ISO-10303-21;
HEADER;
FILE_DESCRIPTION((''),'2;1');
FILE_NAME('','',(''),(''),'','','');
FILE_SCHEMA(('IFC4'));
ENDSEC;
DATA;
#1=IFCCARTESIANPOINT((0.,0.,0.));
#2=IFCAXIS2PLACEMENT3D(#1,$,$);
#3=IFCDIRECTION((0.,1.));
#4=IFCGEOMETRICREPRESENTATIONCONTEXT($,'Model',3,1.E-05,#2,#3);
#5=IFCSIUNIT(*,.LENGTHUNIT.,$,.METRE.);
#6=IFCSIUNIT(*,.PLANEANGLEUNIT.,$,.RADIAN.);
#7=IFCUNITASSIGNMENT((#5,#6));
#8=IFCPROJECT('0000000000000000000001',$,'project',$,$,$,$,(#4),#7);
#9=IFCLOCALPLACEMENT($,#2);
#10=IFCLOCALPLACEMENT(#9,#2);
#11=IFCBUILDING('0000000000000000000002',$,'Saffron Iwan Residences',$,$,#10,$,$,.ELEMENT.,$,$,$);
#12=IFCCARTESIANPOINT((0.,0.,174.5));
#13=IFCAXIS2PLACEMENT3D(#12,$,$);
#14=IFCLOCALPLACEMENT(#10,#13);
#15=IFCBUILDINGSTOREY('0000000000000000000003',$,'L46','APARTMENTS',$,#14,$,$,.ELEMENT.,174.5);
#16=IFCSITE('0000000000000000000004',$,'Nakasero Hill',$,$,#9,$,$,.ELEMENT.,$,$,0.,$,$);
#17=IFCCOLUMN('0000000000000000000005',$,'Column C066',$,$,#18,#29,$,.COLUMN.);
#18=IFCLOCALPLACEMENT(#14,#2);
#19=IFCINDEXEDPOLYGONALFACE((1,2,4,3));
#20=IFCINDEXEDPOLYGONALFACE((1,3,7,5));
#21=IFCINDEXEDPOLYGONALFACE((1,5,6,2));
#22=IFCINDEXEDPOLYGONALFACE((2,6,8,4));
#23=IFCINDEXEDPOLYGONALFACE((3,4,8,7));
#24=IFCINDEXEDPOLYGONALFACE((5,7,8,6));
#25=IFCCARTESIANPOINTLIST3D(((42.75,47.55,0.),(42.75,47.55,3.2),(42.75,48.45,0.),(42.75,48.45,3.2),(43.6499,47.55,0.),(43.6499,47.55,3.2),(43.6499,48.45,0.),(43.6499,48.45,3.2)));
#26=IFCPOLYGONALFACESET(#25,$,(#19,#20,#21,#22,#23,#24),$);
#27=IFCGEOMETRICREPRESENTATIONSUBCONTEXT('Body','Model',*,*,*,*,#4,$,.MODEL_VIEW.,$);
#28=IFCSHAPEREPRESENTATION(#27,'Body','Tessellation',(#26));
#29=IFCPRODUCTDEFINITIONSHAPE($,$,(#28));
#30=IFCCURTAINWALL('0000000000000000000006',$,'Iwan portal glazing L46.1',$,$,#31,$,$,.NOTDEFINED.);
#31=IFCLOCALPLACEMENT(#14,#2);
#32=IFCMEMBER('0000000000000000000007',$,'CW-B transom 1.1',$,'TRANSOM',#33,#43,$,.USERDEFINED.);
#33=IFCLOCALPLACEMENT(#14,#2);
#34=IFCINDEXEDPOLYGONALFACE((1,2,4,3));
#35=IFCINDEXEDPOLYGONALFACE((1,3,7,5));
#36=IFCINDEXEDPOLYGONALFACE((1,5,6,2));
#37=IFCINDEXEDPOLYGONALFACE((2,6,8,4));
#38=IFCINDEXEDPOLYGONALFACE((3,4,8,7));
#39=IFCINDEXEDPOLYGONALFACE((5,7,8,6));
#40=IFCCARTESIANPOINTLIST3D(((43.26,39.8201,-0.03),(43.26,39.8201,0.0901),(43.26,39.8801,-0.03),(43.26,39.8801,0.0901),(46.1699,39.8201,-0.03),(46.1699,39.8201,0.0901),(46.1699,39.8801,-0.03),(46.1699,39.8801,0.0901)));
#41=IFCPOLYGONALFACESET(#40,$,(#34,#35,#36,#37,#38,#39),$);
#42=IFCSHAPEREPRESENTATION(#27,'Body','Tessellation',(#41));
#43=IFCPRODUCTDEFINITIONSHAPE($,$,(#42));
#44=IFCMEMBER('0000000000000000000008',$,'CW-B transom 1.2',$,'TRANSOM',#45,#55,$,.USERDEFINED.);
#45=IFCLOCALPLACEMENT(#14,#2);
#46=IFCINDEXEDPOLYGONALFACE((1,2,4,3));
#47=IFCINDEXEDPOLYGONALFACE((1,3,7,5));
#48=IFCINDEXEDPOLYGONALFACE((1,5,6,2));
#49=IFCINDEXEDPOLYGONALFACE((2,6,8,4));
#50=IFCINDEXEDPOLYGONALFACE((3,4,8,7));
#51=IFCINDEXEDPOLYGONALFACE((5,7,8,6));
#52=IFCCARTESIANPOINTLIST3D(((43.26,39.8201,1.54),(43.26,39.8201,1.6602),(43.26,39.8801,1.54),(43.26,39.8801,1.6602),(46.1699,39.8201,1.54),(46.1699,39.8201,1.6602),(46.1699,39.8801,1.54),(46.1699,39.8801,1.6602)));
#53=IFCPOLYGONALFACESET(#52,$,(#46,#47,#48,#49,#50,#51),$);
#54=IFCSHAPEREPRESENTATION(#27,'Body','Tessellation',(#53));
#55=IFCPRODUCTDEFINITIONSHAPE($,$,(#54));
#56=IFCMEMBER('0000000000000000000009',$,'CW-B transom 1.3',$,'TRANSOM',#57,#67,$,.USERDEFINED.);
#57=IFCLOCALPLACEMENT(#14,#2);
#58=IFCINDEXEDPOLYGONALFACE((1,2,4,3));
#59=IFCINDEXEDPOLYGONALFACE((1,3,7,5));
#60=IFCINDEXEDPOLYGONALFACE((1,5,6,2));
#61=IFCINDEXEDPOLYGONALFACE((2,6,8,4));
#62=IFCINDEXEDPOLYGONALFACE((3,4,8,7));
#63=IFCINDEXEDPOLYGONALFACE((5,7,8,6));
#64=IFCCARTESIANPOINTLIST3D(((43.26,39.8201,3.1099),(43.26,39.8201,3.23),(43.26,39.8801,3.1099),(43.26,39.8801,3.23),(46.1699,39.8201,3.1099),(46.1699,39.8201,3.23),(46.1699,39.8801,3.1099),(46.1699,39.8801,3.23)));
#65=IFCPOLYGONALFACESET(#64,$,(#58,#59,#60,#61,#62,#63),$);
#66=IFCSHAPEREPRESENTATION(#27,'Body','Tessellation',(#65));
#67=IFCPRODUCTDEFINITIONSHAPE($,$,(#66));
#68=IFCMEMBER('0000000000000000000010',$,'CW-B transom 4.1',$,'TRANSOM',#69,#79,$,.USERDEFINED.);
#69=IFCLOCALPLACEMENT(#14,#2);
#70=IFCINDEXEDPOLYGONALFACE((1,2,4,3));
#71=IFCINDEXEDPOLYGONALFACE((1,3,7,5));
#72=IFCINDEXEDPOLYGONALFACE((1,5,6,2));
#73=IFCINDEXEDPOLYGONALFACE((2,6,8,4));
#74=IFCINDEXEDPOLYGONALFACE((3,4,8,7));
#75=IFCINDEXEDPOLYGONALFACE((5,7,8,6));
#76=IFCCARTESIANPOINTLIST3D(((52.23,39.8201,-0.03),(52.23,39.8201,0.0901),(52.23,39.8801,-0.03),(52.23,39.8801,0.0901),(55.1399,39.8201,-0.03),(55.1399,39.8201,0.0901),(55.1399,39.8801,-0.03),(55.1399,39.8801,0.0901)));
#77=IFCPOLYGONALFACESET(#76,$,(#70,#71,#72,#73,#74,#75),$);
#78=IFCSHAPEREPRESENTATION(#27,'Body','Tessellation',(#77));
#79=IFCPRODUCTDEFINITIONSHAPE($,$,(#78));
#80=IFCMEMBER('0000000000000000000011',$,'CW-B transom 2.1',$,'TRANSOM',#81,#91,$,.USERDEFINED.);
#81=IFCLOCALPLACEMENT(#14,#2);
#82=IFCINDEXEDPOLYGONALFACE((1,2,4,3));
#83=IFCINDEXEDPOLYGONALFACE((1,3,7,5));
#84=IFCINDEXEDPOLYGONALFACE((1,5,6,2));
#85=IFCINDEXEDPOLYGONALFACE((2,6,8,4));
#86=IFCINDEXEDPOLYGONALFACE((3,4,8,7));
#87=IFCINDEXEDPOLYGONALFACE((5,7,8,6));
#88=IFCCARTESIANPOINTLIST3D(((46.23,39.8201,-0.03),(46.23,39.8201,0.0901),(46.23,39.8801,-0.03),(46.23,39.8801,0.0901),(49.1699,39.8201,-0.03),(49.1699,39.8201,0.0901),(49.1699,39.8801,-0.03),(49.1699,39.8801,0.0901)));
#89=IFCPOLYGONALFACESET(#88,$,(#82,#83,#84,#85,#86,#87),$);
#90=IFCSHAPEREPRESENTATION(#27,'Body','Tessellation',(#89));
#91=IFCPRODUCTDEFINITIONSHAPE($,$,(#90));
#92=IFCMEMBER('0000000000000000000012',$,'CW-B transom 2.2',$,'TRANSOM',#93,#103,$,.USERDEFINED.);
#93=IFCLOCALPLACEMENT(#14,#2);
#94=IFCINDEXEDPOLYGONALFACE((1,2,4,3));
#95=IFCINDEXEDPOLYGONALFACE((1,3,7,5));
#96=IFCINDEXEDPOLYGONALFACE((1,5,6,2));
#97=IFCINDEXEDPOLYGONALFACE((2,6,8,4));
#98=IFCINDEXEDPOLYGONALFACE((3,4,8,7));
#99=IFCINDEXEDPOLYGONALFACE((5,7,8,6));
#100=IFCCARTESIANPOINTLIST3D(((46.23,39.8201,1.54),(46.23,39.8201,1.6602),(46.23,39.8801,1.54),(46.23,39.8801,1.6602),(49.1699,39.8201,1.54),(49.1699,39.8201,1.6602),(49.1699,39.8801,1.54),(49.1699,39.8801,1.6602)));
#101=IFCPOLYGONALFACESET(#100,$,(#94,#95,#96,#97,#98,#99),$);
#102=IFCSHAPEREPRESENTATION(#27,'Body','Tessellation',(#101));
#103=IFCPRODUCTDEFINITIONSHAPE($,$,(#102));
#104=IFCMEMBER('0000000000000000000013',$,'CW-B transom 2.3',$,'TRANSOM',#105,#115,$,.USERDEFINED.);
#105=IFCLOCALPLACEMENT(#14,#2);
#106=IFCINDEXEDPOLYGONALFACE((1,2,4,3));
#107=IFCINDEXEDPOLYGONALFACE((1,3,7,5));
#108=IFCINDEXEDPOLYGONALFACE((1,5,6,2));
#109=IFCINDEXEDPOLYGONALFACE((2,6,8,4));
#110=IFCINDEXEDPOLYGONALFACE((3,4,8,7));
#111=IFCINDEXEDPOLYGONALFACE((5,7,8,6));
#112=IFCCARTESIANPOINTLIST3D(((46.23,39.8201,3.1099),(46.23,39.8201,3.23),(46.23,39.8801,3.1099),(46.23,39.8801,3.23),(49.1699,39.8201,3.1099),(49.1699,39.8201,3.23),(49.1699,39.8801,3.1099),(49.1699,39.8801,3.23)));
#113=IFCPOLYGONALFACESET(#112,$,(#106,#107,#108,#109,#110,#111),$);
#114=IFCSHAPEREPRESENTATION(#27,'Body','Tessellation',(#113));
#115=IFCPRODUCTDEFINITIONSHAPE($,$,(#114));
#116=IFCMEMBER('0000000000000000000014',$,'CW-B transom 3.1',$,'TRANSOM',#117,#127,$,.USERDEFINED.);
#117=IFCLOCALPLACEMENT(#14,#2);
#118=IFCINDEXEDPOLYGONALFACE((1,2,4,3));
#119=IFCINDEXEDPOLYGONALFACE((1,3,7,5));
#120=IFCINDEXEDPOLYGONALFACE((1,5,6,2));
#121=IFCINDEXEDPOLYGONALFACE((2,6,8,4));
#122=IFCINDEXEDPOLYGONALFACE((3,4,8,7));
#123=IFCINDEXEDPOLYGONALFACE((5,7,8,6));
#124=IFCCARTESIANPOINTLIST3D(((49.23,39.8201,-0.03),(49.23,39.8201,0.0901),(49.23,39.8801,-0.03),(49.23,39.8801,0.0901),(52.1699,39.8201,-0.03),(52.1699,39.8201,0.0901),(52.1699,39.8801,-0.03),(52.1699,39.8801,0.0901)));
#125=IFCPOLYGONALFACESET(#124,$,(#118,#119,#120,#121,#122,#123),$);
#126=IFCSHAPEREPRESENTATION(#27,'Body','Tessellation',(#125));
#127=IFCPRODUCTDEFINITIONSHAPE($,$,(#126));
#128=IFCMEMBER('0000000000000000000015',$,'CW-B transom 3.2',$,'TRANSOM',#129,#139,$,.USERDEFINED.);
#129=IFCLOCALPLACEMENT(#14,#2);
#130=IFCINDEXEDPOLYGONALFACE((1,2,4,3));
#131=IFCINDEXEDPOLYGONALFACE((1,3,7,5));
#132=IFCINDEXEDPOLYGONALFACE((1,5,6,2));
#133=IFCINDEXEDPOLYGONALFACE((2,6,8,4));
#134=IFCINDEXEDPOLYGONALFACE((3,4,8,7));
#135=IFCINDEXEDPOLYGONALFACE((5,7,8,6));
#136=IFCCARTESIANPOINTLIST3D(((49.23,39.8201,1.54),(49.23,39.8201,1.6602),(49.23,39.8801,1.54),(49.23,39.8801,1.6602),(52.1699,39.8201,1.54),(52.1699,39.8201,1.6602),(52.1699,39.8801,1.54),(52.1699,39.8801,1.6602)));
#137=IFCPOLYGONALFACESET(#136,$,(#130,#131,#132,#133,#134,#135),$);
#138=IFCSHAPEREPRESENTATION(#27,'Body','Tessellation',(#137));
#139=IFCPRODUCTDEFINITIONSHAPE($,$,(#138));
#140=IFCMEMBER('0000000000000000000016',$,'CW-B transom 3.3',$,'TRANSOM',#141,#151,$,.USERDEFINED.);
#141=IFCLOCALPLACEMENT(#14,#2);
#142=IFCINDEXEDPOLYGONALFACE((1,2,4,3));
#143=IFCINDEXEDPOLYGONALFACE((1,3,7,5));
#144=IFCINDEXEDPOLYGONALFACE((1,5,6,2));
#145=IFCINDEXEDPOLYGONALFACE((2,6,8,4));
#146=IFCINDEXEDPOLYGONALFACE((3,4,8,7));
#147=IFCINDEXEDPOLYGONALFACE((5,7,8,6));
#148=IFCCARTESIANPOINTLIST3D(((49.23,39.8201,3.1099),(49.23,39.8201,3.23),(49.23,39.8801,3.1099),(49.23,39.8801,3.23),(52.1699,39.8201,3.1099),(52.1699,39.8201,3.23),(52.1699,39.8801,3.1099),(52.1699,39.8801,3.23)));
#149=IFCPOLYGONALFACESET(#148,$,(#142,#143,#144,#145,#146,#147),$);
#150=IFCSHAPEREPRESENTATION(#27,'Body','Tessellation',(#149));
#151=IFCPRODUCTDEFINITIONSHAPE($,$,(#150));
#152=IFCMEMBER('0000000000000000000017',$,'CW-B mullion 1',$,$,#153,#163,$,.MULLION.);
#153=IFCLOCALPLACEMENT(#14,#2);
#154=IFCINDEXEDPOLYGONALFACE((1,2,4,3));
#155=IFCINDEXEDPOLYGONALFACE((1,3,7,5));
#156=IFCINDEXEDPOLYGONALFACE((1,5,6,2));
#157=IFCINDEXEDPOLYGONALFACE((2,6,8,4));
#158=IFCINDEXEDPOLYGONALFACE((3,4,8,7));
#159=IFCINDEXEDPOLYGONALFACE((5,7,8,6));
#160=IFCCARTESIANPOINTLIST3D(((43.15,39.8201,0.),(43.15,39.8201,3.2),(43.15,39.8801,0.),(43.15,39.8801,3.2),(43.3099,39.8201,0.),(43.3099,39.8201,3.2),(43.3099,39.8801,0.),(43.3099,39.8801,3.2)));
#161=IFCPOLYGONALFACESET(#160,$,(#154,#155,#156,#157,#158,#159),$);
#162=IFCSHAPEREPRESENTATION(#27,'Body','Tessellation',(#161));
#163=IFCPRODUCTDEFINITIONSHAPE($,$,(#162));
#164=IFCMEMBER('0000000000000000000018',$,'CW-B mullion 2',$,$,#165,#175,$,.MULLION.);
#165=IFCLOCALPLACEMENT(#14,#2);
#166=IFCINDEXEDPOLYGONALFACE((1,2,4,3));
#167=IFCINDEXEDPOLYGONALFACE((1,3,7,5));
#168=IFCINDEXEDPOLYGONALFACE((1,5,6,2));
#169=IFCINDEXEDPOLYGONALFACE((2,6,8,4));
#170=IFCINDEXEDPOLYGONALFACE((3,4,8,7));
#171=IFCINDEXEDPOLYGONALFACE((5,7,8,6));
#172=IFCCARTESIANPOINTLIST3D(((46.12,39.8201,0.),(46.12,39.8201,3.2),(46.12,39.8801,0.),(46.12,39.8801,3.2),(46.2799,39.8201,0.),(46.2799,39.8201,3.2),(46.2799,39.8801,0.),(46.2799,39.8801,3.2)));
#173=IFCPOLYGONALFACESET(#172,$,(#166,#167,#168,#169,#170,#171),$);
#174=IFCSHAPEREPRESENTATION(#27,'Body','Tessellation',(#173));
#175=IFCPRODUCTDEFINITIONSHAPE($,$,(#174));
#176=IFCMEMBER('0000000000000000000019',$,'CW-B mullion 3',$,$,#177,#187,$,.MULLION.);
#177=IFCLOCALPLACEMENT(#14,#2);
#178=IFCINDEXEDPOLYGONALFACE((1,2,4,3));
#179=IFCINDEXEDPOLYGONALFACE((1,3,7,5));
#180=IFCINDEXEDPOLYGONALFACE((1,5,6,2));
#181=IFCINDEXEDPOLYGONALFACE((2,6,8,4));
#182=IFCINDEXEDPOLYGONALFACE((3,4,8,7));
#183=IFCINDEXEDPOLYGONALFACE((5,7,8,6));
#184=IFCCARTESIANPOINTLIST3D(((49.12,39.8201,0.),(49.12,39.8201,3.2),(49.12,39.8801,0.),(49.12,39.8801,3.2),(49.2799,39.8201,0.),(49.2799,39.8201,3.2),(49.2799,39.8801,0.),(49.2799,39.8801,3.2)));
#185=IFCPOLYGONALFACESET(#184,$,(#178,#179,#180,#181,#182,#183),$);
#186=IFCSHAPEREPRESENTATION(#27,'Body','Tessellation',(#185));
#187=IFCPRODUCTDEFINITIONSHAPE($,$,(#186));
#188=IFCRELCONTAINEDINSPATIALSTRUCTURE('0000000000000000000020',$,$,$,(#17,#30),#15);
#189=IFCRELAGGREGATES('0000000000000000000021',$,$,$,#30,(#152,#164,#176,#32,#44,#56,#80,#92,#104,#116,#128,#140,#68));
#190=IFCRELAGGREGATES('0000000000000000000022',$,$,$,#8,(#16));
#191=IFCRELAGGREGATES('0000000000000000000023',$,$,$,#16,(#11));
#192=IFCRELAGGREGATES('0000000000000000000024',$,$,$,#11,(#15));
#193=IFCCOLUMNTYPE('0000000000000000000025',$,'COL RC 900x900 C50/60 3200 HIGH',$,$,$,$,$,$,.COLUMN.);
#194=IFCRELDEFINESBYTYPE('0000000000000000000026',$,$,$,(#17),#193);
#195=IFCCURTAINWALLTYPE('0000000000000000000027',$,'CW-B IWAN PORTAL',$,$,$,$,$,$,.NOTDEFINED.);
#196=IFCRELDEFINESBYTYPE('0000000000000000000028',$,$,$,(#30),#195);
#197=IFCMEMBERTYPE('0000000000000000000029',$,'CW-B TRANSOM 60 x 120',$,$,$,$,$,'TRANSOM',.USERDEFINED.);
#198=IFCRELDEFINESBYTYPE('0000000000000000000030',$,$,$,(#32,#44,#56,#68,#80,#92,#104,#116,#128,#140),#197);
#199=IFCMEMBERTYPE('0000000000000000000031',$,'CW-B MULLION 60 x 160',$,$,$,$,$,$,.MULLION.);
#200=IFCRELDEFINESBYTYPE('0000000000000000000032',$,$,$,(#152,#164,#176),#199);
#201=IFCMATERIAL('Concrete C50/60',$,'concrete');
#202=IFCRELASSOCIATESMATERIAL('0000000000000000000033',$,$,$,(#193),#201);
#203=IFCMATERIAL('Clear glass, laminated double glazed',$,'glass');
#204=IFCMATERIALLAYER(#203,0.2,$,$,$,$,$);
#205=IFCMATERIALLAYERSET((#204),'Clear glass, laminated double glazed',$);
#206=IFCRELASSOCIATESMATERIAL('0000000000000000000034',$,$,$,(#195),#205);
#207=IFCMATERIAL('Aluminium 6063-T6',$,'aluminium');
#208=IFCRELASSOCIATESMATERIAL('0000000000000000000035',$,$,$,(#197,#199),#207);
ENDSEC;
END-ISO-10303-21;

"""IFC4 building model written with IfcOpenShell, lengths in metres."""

from ifc_helpers import new_model, si_unit, direction, frame, origin, origin_2d, place, context, subcontext, project, spatial, rectangle, extrude, source, transform, mapped, material, layer, layer_set, material_profile, profile_set, type_object, element, aggregate, save


model = new_model("IFC4")

# Units and contexts
model_context = context("Model", 3, precision=1e-05, world=origin(), true_north=direction((0.0, 1.0)))
body_context = subcontext(model_context, "Body", "Model", "MODEL_VIEW")
ifc_project = project(units=[si_unit("LENGTHUNIT", "METRE"), si_unit("PLANEANGLEUNIT", "RADIAN")], contexts=[model_context])

# Site, building, storey
site_placement = place(None, origin())
site = spatial("IfcSite", under=ifc_project, at=site_placement, Name="Nakasero Hill", CompositionType="ELEMENT", RefElevation=0.0)
building_placement = place(site_placement, origin())
building = spatial("IfcBuilding", under=site, at=building_placement, Name="Saffron Iwan Residences", CompositionType="ELEMENT")
storey_placement = place(building_placement, frame((0.0, 0.0, 174.5)))
storey = spatial("IfcBuildingStorey", under=building, at=storey_placement, Name="L46", Description="APARTMENTS", CompositionType="ELEMENT", Elevation=174.5)

# Column
ifc_material_1 = material(Name="Concrete C50/60", Category="concrete")
ifc_material_profile_1 = material_profile(ifc_material_1, rectangle(XDim=0.8999, YDim=0.8999, at=origin_2d()), Name="RC 900x900")
ifc_profile_set_1 = profile_set([ifc_material_profile_1], Name="Concrete C50/60")
column_type = type_object("IfcColumnType", Name="COL RC 900x900 C50/60 3200 HIGH", PredefinedType="COLUMN", material=ifc_profile_set_1)
shared_shape_1 = source(origin(), body_context, "Body", "SweptSolid", [
    extrude(rectangle(XDim=0.8999, YDim=0.8999, at=origin_2d()), origin(), (0.0, 0.0, 1.0), 3.2),
])
column_placement = place(storey_placement, frame((43.2, 48.0, 0.0), z_axis=(0.0, 0.0, 1.0), x_axis=(1.0, 0.0, 0.0)))
element("IfcColumn", 1, at=column_placement, inside=storey, type_object=column_type, Name="Column C066", PredefinedType="COLUMN", context=body_context, shape_type="MappedRepresentation", body=[
    mapped(shared_shape_1, transform((0.0, 0.0, 0.0))),
])

# Curtain wall, members
ifc_material_2 = material(Name="Clear glass, laminated double glazed", Category="glass")
ifc_layer_1 = layer(ifc_material_2, 0.2)
ifc_layer_set_1 = layer_set([ifc_layer_1], Name="Clear glass, laminated double glazed")
curtain_wall_type = type_object("IfcCurtainWallType", Name="CW-B IWAN PORTAL", PredefinedType="NOTDEFINED", material=ifc_layer_set_1)
curtain_wall_placement = place(storey_placement, origin())
curtain_wall = element("IfcCurtainWall", 2, at=curtain_wall_placement, inside=storey, type_object=curtain_wall_type, Name="Iwan portal glazing L46.1", PredefinedType="NOTDEFINED")
ifc_material_3 = material(Name="Aluminium 6063-T6", Category="aluminium")
ifc_material_profile_2 = material_profile(ifc_material_3, rectangle(XDim=0.0601, YDim=0.1201, at=origin_2d()), Name="CW-B TRANSOM 60 x 120")
ifc_profile_set_2 = profile_set([ifc_material_profile_2], Name="Aluminium 6063-T6")
member_type_1 = type_object("IfcMemberType", Name="CW-B TRANSOM 60 x 120", ElementType="TRANSOM", PredefinedType="USERDEFINED", material=ifc_profile_set_2)
shared_shape_2 = source(origin(), body_context, "Body", "SweptSolid", [
    extrude(rectangle(XDim=0.0601, YDim=0.1201, at=origin_2d()), origin(), (0.0, 0.0, 1.0), 2.9099),
])
member_1_placement = place(storey_placement, frame((43.26, 39.8501, 0.03), z_axis=(1.0, 0.0, 0.0), x_axis=(0.0, 1.0, 0.0)))
member_1 = element("IfcMember", 3, at=member_1_placement, type_object=member_type_1, Name="CW-B transom 1.1", ObjectType="TRANSOM", PredefinedType="USERDEFINED", context=body_context, shape_type="MappedRepresentation", body=[
    mapped(shared_shape_2, transform((0.0, 0.0, 0.0))),
])
member_2_placement = place(storey_placement, frame((43.26, 39.8501, 1.6001), z_axis=(1.0, 0.0, 0.0), x_axis=(0.0, 1.0, 0.0)))
member_2 = element("IfcMember", 4, at=member_2_placement, type_object=member_type_1, Name="CW-B transom 1.2", ObjectType="TRANSOM", PredefinedType="USERDEFINED", context=body_context, shape_type="MappedRepresentation", body=[
    mapped(shared_shape_2, transform((0.0, 0.0, 0.0))),
])
member_3_placement = place(storey_placement, frame((43.26, 39.8501, 3.1699), z_axis=(1.0, 0.0, 0.0), x_axis=(0.0, 1.0, 0.0)))
member_3 = element("IfcMember", 5, at=member_3_placement, type_object=member_type_1, Name="CW-B transom 1.3", ObjectType="TRANSOM", PredefinedType="USERDEFINED", context=body_context, shape_type="MappedRepresentation", body=[
    mapped(shared_shape_2, transform((0.0, 0.0, 0.0))),
])
member_4_placement = place(storey_placement, frame((52.23, 39.8501, 0.03), z_axis=(1.0, 0.0, 0.0), x_axis=(0.0, 1.0, 0.0)))
member_4 = element("IfcMember", 6, at=member_4_placement, type_object=member_type_1, Name="CW-B transom 4.1", ObjectType="TRANSOM", PredefinedType="USERDEFINED", context=body_context, shape_type="MappedRepresentation", body=[
    mapped(shared_shape_2, transform((0.0, 0.0, 0.0))),
])
shared_shape_3 = source(origin(), body_context, "Body", "SweptSolid", [
    extrude(rectangle(XDim=0.0601, YDim=0.1201, at=origin_2d()), origin(), (0.0, 0.0, 1.0), 2.9399),
])
member_5_placement = place(storey_placement, frame((46.23, 39.8501, 0.03), z_axis=(1.0, 0.0, 0.0), x_axis=(0.0, 1.0, 0.0)))
member_5 = element("IfcMember", 7, at=member_5_placement, type_object=member_type_1, Name="CW-B transom 2.1", ObjectType="TRANSOM", PredefinedType="USERDEFINED", context=body_context, shape_type="MappedRepresentation", body=[
    mapped(shared_shape_3, transform((0.0, 0.0, 0.0))),
])
member_6_placement = place(storey_placement, frame((46.23, 39.8501, 1.6001), z_axis=(1.0, 0.0, 0.0), x_axis=(0.0, 1.0, 0.0)))
member_6 = element("IfcMember", 8, at=member_6_placement, type_object=member_type_1, Name="CW-B transom 2.2", ObjectType="TRANSOM", PredefinedType="USERDEFINED", context=body_context, shape_type="MappedRepresentation", body=[
    mapped(shared_shape_3, transform((0.0, 0.0, 0.0))),
])
member_7_placement = place(storey_placement, frame((46.23, 39.8501, 3.1699), z_axis=(1.0, 0.0, 0.0), x_axis=(0.0, 1.0, 0.0)))
member_7 = element("IfcMember", 9, at=member_7_placement, type_object=member_type_1, Name="CW-B transom 2.3", ObjectType="TRANSOM", PredefinedType="USERDEFINED", context=body_context, shape_type="MappedRepresentation", body=[
    mapped(shared_shape_3, transform((0.0, 0.0, 0.0))),
])
member_8_placement = place(storey_placement, frame((49.23, 39.8501, 0.03), z_axis=(1.0, 0.0, 0.0), x_axis=(0.0, 1.0, 0.0)))
member_8 = element("IfcMember", 10, at=member_8_placement, type_object=member_type_1, Name="CW-B transom 3.1", ObjectType="TRANSOM", PredefinedType="USERDEFINED", context=body_context, shape_type="MappedRepresentation", body=[
    mapped(shared_shape_3, transform((0.0, 0.0, 0.0))),
])
member_9_placement = place(storey_placement, frame((49.23, 39.8501, 1.6001), z_axis=(1.0, 0.0, 0.0), x_axis=(0.0, 1.0, 0.0)))
member_9 = element("IfcMember", 11, at=member_9_placement, type_object=member_type_1, Name="CW-B transom 3.2", ObjectType="TRANSOM", PredefinedType="USERDEFINED", context=body_context, shape_type="MappedRepresentation", body=[
    mapped(shared_shape_3, transform((0.0, 0.0, 0.0))),
])
member_10_placement = place(storey_placement, frame((49.23, 39.8501, 3.1699), z_axis=(1.0, 0.0, 0.0), x_axis=(0.0, 1.0, 0.0)))
member_10 = element("IfcMember", 12, at=member_10_placement, type_object=member_type_1, Name="CW-B transom 3.3", ObjectType="TRANSOM", PredefinedType="USERDEFINED", context=body_context, shape_type="MappedRepresentation", body=[
    mapped(shared_shape_3, transform((0.0, 0.0, 0.0))),
])
ifc_material_profile_3 = material_profile(ifc_material_3, rectangle(XDim=0.0601, YDim=0.1599, at=origin_2d()), Name="CW-B MULLION 60 x 160")
ifc_profile_set_3 = profile_set([ifc_material_profile_3], Name="Aluminium 6063-T6")
member_type_2 = type_object("IfcMemberType", Name="CW-B MULLION 60 x 160", PredefinedType="MULLION", material=ifc_profile_set_3)
shared_shape_4 = source(origin(), body_context, "Body", "SweptSolid", [
    extrude(rectangle(XDim=0.0601, YDim=0.1599, at=origin_2d()), origin(), (0.0, 0.0, 1.0), 3.2),
])
member_11_placement = place(storey_placement, frame((43.23, 39.8501, 0.0), z_axis=(0.0, 0.0, 1.0), x_axis=(0.0, 1.0, 0.0)))
member_11 = element("IfcMember", 13, at=member_11_placement, type_object=member_type_2, Name="CW-B mullion 1", PredefinedType="MULLION", context=body_context, shape_type="MappedRepresentation", body=[
    mapped(shared_shape_4, transform((0.0, 0.0, 0.0))),
])
member_12_placement = place(storey_placement, frame((46.2, 39.8501, 0.0), z_axis=(0.0, 0.0, 1.0), x_axis=(0.0, 1.0, 0.0)))
member_12 = element("IfcMember", 14, at=member_12_placement, type_object=member_type_2, Name="CW-B mullion 2", PredefinedType="MULLION", context=body_context, shape_type="MappedRepresentation", body=[
    mapped(shared_shape_4, transform((0.0, 0.0, 0.0))),
])
member_13_placement = place(storey_placement, frame((49.2, 39.8501, 0.0), z_axis=(0.0, 0.0, 1.0), x_axis=(0.0, 1.0, 0.0)))
member_13 = element("IfcMember", 15, at=member_13_placement, type_object=member_type_2, Name="CW-B mullion 3", PredefinedType="MULLION", context=body_context, shape_type="MappedRepresentation", body=[
    mapped(shared_shape_4, transform((0.0, 0.0, 0.0))),
])
aggregate(curtain_wall, [member_11, member_12, member_13, member_1, member_2, member_3, member_5, member_6, member_7, member_8, member_9, member_10, member_4])

save(model, "model.ifc")
